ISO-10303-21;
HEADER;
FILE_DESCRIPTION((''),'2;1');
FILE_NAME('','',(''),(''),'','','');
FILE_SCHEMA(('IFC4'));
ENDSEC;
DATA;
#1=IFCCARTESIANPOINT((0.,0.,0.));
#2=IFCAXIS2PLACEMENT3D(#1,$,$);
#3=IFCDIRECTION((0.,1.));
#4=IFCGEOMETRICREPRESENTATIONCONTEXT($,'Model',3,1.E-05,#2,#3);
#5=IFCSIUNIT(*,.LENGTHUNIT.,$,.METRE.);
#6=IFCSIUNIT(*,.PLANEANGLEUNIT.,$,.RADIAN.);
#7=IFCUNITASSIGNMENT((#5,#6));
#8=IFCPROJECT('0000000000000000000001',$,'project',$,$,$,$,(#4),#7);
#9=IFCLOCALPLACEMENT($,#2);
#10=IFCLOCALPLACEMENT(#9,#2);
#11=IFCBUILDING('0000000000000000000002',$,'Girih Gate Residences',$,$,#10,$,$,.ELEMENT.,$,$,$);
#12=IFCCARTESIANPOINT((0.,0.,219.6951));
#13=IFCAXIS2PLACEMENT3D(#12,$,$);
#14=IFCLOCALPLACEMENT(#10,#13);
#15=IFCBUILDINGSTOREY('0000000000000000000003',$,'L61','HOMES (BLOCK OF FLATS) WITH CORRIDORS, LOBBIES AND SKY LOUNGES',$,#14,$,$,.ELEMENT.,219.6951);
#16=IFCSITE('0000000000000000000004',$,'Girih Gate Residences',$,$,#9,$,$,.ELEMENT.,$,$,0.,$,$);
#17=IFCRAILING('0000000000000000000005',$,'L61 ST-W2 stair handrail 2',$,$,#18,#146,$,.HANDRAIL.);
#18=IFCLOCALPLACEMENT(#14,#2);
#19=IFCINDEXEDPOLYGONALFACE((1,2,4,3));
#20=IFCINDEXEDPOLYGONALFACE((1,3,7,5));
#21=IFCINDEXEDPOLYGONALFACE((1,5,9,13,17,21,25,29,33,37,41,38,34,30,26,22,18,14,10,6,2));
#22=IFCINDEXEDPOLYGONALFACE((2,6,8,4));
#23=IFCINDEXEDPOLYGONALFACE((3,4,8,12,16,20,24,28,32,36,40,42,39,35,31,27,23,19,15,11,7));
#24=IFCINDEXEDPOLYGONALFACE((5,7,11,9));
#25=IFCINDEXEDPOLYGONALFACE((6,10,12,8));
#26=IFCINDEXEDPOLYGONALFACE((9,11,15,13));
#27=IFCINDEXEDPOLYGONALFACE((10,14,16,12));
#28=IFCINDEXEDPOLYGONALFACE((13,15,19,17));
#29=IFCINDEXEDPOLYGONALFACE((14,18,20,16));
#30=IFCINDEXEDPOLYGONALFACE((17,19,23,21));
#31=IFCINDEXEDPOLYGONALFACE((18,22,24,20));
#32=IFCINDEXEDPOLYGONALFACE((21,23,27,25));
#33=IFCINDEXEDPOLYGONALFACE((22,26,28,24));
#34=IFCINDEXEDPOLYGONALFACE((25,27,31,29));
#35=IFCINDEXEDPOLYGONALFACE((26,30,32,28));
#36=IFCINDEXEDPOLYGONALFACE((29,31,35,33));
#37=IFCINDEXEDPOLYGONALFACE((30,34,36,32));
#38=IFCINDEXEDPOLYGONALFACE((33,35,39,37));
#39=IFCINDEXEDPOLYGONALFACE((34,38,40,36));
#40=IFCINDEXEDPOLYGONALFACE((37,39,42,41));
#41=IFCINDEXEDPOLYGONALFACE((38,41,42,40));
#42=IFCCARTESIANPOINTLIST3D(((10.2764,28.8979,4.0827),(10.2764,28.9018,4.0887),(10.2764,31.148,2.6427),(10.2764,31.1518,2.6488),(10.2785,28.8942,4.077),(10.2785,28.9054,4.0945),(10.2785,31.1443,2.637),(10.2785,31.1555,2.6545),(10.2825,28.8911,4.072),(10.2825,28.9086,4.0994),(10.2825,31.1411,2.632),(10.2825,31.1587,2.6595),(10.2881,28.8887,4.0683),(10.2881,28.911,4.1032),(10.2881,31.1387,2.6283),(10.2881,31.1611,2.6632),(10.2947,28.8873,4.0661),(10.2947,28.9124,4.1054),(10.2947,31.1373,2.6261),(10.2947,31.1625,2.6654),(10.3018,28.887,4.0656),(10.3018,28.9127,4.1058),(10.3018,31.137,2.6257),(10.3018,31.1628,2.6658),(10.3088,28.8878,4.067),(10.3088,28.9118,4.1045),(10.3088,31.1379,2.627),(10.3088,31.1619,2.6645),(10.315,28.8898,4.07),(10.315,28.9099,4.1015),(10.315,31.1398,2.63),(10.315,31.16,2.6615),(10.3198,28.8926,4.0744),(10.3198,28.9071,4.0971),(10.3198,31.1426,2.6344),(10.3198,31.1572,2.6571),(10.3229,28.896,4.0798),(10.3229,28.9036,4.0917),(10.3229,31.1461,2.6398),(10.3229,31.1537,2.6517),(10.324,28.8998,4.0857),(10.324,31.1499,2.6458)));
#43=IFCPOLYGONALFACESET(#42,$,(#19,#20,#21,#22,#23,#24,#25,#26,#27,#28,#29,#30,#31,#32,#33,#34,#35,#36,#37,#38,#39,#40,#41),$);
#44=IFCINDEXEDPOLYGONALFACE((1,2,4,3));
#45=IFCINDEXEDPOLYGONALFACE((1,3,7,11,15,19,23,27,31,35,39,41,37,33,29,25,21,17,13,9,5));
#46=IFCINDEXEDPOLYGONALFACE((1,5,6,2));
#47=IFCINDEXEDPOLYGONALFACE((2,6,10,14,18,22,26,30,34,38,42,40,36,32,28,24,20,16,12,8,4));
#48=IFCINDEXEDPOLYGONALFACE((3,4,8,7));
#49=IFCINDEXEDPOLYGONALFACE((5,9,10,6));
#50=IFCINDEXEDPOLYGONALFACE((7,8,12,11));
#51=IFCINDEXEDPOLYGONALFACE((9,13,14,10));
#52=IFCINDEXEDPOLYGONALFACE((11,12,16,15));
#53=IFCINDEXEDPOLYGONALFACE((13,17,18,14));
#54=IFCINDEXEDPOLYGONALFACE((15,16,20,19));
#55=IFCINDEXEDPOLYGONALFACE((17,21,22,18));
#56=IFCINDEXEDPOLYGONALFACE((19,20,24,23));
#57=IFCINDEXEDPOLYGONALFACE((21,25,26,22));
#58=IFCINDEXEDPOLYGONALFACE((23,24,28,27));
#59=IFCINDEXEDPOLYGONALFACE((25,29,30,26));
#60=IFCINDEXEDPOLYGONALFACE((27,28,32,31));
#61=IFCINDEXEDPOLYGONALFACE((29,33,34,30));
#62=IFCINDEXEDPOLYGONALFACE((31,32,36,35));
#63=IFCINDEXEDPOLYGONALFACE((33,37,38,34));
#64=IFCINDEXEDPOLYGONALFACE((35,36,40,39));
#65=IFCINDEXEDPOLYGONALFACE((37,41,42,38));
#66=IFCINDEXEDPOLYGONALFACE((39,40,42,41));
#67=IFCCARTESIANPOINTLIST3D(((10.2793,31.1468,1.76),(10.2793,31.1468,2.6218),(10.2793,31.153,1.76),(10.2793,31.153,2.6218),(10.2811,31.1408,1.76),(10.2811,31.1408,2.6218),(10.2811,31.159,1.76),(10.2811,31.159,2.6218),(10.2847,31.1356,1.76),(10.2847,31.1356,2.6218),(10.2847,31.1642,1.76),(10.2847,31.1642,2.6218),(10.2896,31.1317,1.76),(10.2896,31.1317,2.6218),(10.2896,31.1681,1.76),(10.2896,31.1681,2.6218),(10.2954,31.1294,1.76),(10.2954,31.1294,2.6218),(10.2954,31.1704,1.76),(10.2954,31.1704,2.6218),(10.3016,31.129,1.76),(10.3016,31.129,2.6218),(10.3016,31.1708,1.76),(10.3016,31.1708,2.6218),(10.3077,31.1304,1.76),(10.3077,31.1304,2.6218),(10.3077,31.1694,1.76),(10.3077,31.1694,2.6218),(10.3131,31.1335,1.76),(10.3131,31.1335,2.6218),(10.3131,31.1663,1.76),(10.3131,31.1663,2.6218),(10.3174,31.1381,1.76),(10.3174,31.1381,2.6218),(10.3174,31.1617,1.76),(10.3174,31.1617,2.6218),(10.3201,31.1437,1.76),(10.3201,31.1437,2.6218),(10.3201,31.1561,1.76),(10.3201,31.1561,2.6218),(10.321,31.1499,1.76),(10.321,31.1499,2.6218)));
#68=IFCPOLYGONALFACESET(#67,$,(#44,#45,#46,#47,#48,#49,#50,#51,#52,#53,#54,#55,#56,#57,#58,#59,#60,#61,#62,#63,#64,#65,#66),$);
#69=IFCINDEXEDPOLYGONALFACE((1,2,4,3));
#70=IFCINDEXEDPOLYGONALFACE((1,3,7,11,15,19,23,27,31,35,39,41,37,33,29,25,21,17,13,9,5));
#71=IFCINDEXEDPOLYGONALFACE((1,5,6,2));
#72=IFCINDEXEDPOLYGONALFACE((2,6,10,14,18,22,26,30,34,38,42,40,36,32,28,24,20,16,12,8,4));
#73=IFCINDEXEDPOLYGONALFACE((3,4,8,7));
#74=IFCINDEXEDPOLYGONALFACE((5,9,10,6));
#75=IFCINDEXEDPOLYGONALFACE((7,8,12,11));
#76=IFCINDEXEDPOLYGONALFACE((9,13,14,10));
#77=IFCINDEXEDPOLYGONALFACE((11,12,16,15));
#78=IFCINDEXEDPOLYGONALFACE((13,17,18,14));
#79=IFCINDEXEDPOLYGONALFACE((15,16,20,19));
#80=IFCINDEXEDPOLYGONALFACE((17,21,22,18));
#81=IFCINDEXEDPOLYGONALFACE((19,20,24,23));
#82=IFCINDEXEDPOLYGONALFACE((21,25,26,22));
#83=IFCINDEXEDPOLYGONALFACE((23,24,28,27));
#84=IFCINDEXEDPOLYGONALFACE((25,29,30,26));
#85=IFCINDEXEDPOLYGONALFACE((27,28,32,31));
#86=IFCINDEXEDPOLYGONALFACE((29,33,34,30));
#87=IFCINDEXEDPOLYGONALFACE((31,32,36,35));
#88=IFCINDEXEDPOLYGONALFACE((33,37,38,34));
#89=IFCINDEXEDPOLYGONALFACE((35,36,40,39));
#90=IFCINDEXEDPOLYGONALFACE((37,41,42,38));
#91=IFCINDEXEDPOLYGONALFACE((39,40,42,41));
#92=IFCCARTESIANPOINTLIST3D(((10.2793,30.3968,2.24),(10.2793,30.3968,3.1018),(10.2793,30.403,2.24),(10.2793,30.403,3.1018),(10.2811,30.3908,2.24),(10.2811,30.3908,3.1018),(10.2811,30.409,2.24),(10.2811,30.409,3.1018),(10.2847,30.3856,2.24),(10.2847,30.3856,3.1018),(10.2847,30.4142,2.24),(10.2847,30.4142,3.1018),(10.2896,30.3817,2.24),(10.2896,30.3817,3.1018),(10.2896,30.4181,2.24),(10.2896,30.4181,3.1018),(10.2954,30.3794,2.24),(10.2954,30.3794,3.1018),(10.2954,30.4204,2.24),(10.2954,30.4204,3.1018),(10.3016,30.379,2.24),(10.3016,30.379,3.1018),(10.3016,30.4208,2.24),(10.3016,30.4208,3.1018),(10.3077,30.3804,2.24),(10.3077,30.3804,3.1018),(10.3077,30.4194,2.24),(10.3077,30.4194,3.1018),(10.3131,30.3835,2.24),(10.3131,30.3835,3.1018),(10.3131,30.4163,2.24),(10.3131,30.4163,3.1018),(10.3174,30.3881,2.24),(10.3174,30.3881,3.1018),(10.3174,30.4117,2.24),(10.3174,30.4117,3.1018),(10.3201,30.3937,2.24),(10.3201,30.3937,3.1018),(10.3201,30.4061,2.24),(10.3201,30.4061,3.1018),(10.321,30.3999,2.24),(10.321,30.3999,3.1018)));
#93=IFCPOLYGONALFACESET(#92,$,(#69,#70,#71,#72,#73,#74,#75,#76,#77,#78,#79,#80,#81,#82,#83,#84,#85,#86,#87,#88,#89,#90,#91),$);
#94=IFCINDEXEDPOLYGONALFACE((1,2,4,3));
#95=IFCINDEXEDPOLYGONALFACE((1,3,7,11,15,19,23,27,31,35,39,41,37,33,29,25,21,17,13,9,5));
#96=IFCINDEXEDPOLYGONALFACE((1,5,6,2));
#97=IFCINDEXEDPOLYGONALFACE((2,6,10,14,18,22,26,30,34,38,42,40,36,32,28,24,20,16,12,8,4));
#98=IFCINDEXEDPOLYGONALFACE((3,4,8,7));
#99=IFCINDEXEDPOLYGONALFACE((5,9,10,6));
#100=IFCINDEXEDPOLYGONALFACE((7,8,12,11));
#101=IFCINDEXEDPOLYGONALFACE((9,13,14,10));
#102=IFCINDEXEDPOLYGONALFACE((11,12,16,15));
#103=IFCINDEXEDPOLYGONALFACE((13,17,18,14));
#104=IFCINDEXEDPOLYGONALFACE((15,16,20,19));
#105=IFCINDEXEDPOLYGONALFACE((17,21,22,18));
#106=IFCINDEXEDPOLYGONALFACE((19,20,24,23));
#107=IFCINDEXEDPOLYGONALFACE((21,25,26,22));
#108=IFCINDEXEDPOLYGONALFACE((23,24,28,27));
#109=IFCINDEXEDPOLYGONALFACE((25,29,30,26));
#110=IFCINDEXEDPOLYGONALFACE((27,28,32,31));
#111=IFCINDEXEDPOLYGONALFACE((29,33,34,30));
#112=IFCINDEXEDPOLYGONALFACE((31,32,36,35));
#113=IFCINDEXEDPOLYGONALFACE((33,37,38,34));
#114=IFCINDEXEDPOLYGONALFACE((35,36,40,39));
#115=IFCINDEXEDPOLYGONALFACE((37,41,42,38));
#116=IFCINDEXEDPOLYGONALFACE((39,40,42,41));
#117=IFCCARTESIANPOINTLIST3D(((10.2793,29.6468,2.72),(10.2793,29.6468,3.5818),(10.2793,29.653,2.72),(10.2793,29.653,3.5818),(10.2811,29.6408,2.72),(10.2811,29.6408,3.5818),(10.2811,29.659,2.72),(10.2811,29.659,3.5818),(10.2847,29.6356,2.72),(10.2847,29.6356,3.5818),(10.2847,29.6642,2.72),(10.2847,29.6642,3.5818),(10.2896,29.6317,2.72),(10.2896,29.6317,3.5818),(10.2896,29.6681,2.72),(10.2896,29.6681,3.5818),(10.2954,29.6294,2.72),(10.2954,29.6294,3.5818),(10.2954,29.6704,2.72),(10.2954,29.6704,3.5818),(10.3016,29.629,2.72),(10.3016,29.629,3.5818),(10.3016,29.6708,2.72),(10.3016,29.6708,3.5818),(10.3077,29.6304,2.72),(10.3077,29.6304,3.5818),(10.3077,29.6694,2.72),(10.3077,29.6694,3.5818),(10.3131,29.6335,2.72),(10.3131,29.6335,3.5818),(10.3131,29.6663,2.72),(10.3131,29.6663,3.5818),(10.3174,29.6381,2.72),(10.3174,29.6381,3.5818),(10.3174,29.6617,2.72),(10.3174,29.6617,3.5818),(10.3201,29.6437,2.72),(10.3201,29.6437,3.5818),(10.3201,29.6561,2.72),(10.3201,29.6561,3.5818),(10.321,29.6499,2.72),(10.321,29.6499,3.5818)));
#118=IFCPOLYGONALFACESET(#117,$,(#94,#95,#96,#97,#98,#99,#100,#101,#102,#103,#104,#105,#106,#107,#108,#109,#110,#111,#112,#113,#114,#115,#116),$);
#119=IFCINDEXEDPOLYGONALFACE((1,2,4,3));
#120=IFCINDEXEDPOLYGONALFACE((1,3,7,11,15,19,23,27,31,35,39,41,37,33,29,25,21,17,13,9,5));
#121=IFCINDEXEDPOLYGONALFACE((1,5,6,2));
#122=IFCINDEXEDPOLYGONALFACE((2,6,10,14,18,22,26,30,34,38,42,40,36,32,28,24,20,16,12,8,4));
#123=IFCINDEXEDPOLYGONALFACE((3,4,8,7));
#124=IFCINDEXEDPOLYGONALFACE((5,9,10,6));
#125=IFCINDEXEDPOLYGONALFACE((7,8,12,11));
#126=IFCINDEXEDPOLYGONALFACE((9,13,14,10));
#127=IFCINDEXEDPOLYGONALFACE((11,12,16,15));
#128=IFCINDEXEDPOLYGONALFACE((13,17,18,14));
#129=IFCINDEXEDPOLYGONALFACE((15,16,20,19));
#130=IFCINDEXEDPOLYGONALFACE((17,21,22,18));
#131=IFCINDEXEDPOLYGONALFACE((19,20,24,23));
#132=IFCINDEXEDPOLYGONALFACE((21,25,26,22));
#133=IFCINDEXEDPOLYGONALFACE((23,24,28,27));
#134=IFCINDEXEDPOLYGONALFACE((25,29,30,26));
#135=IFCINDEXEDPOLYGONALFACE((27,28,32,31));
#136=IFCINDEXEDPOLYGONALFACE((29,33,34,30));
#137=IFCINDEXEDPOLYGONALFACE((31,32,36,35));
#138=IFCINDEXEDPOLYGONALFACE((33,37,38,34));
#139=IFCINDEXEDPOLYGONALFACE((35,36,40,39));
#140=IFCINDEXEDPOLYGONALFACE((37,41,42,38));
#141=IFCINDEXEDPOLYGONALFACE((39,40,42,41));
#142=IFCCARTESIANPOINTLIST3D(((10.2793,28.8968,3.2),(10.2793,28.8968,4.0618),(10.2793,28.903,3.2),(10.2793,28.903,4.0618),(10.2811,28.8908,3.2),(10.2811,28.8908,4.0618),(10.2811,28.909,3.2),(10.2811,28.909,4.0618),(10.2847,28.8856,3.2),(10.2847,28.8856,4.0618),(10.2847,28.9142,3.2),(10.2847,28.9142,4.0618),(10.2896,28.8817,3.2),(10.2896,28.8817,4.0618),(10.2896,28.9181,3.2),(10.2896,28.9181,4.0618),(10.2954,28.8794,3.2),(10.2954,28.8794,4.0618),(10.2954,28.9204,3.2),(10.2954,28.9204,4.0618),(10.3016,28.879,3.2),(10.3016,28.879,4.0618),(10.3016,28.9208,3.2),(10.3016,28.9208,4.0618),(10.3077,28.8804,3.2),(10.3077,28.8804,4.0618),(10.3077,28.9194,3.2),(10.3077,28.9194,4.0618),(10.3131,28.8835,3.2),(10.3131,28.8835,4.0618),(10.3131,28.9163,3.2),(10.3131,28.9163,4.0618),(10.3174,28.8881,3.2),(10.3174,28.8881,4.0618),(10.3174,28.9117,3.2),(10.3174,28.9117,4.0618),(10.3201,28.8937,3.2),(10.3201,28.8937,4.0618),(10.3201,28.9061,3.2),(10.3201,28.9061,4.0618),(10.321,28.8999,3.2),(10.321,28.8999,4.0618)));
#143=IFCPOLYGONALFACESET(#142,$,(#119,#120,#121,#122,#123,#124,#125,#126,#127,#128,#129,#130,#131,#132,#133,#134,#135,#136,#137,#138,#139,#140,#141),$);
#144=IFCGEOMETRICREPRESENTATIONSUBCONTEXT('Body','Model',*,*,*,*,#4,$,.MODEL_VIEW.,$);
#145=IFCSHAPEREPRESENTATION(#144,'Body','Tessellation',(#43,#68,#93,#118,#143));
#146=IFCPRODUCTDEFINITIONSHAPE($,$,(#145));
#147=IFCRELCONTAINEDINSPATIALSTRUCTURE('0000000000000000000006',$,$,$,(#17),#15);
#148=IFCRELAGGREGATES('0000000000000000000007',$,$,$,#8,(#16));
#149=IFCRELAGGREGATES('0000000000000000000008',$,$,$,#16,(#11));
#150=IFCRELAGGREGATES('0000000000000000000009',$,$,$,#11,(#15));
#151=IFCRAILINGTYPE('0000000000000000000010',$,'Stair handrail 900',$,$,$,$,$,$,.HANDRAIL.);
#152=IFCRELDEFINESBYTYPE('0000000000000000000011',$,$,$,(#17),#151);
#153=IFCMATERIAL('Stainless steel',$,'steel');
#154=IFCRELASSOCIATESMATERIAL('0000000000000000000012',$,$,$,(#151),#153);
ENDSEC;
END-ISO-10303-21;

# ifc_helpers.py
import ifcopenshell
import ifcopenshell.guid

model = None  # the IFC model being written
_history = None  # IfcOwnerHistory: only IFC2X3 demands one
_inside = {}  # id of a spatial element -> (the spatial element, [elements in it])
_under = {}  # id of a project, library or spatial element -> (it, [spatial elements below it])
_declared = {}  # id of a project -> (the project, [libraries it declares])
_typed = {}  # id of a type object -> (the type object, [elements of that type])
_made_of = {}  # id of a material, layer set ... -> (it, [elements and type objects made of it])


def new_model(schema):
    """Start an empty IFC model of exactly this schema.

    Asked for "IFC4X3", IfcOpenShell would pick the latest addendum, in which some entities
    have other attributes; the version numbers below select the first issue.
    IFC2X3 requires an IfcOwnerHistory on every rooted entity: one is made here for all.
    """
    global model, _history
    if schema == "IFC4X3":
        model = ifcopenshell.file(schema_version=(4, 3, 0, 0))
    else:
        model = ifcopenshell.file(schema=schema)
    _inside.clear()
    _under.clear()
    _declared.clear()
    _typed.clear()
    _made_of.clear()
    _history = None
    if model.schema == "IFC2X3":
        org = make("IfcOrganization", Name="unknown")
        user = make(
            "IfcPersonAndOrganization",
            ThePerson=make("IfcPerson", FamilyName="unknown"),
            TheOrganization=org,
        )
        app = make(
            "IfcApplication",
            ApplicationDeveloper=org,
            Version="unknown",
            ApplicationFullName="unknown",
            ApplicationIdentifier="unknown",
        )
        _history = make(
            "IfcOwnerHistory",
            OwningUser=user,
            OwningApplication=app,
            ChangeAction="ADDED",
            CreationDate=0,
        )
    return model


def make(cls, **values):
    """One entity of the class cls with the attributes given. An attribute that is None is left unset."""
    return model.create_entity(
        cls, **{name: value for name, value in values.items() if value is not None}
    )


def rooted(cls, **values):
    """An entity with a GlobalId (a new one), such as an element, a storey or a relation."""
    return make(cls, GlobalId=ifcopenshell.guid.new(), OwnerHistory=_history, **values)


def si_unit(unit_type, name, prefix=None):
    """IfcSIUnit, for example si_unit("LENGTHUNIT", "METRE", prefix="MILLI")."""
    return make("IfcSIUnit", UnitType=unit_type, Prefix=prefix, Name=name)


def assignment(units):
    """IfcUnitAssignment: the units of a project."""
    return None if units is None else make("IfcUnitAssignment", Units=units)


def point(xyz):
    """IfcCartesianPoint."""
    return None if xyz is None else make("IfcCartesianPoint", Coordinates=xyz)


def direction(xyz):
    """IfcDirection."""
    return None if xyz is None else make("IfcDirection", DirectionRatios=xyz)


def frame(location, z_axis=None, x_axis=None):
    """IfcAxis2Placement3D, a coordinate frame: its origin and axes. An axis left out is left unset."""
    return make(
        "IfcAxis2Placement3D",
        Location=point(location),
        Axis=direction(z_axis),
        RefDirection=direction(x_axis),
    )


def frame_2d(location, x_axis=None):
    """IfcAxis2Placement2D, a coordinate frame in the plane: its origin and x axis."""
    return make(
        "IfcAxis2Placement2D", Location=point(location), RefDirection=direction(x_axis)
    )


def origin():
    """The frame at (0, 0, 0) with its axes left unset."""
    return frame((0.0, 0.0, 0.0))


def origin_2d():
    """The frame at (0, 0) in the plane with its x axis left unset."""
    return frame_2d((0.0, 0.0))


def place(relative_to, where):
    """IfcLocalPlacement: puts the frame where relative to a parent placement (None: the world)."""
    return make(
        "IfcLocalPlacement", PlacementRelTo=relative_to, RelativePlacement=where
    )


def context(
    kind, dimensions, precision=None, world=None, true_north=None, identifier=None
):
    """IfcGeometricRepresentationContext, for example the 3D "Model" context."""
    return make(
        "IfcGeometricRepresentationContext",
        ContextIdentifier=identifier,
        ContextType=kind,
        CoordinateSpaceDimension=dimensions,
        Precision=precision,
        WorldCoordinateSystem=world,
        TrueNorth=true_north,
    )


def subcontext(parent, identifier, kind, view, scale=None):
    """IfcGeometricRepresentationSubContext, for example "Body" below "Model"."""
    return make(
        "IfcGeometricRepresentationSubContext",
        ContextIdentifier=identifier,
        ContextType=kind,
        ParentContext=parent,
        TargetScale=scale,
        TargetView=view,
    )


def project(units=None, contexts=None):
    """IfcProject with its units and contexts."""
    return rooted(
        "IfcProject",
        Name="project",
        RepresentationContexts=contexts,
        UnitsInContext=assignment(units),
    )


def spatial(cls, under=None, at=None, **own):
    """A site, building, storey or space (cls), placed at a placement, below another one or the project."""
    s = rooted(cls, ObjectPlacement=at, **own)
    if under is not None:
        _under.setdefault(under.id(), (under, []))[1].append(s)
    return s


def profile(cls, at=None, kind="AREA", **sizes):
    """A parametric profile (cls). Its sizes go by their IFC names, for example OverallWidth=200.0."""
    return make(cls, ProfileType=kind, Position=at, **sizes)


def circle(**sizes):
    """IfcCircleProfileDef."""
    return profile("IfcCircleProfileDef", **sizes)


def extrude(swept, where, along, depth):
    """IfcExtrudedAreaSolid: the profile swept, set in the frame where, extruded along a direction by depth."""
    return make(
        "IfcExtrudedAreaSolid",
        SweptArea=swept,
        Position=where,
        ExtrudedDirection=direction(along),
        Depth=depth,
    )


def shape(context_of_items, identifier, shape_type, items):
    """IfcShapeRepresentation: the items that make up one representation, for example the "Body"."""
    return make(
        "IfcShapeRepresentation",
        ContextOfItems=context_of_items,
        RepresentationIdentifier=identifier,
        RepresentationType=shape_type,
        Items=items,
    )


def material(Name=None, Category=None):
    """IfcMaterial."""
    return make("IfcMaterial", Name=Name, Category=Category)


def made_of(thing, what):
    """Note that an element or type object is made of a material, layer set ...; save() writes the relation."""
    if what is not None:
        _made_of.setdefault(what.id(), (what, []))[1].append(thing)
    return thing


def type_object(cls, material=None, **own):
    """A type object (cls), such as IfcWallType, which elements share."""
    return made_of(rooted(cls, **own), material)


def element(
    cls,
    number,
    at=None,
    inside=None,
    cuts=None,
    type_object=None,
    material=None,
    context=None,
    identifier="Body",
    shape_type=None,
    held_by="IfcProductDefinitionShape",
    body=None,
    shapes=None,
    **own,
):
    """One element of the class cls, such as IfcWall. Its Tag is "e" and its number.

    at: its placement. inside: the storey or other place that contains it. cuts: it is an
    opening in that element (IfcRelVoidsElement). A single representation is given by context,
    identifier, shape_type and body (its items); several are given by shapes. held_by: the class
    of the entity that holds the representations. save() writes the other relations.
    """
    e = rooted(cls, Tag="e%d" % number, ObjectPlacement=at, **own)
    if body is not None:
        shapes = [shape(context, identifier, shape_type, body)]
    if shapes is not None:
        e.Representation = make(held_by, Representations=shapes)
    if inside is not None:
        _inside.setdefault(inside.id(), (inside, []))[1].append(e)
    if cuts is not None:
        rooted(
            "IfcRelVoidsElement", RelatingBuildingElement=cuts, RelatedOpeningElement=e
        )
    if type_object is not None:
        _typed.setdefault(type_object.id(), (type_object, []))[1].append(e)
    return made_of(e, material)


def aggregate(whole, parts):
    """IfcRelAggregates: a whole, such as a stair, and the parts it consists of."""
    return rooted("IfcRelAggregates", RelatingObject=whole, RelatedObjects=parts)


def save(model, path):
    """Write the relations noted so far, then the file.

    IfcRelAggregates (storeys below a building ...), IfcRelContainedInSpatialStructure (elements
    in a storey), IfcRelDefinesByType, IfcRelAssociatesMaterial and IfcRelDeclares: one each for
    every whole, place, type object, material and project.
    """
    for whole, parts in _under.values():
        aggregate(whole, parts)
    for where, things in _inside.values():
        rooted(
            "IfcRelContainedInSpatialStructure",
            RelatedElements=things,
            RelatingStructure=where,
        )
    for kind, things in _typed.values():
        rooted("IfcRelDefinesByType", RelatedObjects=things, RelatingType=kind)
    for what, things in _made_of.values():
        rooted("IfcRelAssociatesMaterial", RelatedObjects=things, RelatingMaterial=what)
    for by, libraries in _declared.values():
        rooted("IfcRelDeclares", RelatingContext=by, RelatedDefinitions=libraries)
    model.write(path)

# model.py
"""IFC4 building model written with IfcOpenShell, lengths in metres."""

from ifc_helpers import new_model, si_unit, direction, frame, origin, origin_2d, place, context, subcontext, project, spatial, circle, extrude, material, type_object, element, save


model = new_model("IFC4")

# Units and contexts
model_context = context("Model", 3, precision=1e-05, world=origin(), true_north=direction((0.0, 1.0)))
body_context = subcontext(model_context, "Body", "Model", "MODEL_VIEW")
ifc_project = project(units=[si_unit("LENGTHUNIT", "METRE"), si_unit("PLANEANGLEUNIT", "RADIAN")], contexts=[model_context])

# Site, building, storey
site_placement = place(None, origin())
site = spatial("IfcSite", under=ifc_project, at=site_placement, Name="Girih Gate Residences", CompositionType="ELEMENT", RefElevation=0.0)
building_placement = place(site_placement, origin())
building = spatial("IfcBuilding", under=site, at=building_placement, Name="Girih Gate Residences", CompositionType="ELEMENT")
storey_placement = place(building_placement, frame((0.0, 0.0, 219.6951)))
storey = spatial("IfcBuildingStorey", under=building, at=storey_placement, Name="L61", Description="HOMES (BLOCK OF FLATS) WITH CORRIDORS, LOBBIES AND SKY LOUNGES", CompositionType="ELEMENT", Elevation=219.6951)

# Railing
ifc_material_1 = material(Name="Stainless steel", Category="steel")
railing_type_1 = type_object("IfcRailingType", Name="Stair handrail 900", PredefinedType="HANDRAIL", material=ifc_material_1)
railing_1_placement = place(storey_placement, frame((10.3, 31.1499, 1.76)))
element("IfcRailing", 1, at=railing_1_placement, inside=storey, type_object=railing_type_1, Name="L61 ST-W2 stair handrail 2", PredefinedType="HANDRAIL", context=body_context, shape_type="SweptSolid", body=[
    extrude(circle(Radius=0.0239, at=origin_2d()), frame((0.0, 0.0, 0.8857), z_axis=(0.0, -0.842281, 0.539038), x_axis=(1.0, 0.0, 0.0)), (0.0, 0.0, 1.0), 2.6714),
    extrude(circle(Radius=0.021, at=origin_2d()), origin(), (0.0, 0.0, 1.0), 0.8618),
    extrude(circle(Radius=0.021, at=origin_2d()), frame((0.0, -0.75, 0.48)), (0.0, 0.0, 1.0), 0.8618),
    extrude(circle(Radius=0.021, at=origin_2d()), frame((0.0, -1.5, 0.96)), (0.0, 0.0, 1.0), 0.8618),
    extrude(circle(Radius=0.021, at=origin_2d()), frame((0.0, -2.25, 1.4399)), (0.0, 0.0, 1.0), 0.8618),
])

save(model, "model.ifc")
